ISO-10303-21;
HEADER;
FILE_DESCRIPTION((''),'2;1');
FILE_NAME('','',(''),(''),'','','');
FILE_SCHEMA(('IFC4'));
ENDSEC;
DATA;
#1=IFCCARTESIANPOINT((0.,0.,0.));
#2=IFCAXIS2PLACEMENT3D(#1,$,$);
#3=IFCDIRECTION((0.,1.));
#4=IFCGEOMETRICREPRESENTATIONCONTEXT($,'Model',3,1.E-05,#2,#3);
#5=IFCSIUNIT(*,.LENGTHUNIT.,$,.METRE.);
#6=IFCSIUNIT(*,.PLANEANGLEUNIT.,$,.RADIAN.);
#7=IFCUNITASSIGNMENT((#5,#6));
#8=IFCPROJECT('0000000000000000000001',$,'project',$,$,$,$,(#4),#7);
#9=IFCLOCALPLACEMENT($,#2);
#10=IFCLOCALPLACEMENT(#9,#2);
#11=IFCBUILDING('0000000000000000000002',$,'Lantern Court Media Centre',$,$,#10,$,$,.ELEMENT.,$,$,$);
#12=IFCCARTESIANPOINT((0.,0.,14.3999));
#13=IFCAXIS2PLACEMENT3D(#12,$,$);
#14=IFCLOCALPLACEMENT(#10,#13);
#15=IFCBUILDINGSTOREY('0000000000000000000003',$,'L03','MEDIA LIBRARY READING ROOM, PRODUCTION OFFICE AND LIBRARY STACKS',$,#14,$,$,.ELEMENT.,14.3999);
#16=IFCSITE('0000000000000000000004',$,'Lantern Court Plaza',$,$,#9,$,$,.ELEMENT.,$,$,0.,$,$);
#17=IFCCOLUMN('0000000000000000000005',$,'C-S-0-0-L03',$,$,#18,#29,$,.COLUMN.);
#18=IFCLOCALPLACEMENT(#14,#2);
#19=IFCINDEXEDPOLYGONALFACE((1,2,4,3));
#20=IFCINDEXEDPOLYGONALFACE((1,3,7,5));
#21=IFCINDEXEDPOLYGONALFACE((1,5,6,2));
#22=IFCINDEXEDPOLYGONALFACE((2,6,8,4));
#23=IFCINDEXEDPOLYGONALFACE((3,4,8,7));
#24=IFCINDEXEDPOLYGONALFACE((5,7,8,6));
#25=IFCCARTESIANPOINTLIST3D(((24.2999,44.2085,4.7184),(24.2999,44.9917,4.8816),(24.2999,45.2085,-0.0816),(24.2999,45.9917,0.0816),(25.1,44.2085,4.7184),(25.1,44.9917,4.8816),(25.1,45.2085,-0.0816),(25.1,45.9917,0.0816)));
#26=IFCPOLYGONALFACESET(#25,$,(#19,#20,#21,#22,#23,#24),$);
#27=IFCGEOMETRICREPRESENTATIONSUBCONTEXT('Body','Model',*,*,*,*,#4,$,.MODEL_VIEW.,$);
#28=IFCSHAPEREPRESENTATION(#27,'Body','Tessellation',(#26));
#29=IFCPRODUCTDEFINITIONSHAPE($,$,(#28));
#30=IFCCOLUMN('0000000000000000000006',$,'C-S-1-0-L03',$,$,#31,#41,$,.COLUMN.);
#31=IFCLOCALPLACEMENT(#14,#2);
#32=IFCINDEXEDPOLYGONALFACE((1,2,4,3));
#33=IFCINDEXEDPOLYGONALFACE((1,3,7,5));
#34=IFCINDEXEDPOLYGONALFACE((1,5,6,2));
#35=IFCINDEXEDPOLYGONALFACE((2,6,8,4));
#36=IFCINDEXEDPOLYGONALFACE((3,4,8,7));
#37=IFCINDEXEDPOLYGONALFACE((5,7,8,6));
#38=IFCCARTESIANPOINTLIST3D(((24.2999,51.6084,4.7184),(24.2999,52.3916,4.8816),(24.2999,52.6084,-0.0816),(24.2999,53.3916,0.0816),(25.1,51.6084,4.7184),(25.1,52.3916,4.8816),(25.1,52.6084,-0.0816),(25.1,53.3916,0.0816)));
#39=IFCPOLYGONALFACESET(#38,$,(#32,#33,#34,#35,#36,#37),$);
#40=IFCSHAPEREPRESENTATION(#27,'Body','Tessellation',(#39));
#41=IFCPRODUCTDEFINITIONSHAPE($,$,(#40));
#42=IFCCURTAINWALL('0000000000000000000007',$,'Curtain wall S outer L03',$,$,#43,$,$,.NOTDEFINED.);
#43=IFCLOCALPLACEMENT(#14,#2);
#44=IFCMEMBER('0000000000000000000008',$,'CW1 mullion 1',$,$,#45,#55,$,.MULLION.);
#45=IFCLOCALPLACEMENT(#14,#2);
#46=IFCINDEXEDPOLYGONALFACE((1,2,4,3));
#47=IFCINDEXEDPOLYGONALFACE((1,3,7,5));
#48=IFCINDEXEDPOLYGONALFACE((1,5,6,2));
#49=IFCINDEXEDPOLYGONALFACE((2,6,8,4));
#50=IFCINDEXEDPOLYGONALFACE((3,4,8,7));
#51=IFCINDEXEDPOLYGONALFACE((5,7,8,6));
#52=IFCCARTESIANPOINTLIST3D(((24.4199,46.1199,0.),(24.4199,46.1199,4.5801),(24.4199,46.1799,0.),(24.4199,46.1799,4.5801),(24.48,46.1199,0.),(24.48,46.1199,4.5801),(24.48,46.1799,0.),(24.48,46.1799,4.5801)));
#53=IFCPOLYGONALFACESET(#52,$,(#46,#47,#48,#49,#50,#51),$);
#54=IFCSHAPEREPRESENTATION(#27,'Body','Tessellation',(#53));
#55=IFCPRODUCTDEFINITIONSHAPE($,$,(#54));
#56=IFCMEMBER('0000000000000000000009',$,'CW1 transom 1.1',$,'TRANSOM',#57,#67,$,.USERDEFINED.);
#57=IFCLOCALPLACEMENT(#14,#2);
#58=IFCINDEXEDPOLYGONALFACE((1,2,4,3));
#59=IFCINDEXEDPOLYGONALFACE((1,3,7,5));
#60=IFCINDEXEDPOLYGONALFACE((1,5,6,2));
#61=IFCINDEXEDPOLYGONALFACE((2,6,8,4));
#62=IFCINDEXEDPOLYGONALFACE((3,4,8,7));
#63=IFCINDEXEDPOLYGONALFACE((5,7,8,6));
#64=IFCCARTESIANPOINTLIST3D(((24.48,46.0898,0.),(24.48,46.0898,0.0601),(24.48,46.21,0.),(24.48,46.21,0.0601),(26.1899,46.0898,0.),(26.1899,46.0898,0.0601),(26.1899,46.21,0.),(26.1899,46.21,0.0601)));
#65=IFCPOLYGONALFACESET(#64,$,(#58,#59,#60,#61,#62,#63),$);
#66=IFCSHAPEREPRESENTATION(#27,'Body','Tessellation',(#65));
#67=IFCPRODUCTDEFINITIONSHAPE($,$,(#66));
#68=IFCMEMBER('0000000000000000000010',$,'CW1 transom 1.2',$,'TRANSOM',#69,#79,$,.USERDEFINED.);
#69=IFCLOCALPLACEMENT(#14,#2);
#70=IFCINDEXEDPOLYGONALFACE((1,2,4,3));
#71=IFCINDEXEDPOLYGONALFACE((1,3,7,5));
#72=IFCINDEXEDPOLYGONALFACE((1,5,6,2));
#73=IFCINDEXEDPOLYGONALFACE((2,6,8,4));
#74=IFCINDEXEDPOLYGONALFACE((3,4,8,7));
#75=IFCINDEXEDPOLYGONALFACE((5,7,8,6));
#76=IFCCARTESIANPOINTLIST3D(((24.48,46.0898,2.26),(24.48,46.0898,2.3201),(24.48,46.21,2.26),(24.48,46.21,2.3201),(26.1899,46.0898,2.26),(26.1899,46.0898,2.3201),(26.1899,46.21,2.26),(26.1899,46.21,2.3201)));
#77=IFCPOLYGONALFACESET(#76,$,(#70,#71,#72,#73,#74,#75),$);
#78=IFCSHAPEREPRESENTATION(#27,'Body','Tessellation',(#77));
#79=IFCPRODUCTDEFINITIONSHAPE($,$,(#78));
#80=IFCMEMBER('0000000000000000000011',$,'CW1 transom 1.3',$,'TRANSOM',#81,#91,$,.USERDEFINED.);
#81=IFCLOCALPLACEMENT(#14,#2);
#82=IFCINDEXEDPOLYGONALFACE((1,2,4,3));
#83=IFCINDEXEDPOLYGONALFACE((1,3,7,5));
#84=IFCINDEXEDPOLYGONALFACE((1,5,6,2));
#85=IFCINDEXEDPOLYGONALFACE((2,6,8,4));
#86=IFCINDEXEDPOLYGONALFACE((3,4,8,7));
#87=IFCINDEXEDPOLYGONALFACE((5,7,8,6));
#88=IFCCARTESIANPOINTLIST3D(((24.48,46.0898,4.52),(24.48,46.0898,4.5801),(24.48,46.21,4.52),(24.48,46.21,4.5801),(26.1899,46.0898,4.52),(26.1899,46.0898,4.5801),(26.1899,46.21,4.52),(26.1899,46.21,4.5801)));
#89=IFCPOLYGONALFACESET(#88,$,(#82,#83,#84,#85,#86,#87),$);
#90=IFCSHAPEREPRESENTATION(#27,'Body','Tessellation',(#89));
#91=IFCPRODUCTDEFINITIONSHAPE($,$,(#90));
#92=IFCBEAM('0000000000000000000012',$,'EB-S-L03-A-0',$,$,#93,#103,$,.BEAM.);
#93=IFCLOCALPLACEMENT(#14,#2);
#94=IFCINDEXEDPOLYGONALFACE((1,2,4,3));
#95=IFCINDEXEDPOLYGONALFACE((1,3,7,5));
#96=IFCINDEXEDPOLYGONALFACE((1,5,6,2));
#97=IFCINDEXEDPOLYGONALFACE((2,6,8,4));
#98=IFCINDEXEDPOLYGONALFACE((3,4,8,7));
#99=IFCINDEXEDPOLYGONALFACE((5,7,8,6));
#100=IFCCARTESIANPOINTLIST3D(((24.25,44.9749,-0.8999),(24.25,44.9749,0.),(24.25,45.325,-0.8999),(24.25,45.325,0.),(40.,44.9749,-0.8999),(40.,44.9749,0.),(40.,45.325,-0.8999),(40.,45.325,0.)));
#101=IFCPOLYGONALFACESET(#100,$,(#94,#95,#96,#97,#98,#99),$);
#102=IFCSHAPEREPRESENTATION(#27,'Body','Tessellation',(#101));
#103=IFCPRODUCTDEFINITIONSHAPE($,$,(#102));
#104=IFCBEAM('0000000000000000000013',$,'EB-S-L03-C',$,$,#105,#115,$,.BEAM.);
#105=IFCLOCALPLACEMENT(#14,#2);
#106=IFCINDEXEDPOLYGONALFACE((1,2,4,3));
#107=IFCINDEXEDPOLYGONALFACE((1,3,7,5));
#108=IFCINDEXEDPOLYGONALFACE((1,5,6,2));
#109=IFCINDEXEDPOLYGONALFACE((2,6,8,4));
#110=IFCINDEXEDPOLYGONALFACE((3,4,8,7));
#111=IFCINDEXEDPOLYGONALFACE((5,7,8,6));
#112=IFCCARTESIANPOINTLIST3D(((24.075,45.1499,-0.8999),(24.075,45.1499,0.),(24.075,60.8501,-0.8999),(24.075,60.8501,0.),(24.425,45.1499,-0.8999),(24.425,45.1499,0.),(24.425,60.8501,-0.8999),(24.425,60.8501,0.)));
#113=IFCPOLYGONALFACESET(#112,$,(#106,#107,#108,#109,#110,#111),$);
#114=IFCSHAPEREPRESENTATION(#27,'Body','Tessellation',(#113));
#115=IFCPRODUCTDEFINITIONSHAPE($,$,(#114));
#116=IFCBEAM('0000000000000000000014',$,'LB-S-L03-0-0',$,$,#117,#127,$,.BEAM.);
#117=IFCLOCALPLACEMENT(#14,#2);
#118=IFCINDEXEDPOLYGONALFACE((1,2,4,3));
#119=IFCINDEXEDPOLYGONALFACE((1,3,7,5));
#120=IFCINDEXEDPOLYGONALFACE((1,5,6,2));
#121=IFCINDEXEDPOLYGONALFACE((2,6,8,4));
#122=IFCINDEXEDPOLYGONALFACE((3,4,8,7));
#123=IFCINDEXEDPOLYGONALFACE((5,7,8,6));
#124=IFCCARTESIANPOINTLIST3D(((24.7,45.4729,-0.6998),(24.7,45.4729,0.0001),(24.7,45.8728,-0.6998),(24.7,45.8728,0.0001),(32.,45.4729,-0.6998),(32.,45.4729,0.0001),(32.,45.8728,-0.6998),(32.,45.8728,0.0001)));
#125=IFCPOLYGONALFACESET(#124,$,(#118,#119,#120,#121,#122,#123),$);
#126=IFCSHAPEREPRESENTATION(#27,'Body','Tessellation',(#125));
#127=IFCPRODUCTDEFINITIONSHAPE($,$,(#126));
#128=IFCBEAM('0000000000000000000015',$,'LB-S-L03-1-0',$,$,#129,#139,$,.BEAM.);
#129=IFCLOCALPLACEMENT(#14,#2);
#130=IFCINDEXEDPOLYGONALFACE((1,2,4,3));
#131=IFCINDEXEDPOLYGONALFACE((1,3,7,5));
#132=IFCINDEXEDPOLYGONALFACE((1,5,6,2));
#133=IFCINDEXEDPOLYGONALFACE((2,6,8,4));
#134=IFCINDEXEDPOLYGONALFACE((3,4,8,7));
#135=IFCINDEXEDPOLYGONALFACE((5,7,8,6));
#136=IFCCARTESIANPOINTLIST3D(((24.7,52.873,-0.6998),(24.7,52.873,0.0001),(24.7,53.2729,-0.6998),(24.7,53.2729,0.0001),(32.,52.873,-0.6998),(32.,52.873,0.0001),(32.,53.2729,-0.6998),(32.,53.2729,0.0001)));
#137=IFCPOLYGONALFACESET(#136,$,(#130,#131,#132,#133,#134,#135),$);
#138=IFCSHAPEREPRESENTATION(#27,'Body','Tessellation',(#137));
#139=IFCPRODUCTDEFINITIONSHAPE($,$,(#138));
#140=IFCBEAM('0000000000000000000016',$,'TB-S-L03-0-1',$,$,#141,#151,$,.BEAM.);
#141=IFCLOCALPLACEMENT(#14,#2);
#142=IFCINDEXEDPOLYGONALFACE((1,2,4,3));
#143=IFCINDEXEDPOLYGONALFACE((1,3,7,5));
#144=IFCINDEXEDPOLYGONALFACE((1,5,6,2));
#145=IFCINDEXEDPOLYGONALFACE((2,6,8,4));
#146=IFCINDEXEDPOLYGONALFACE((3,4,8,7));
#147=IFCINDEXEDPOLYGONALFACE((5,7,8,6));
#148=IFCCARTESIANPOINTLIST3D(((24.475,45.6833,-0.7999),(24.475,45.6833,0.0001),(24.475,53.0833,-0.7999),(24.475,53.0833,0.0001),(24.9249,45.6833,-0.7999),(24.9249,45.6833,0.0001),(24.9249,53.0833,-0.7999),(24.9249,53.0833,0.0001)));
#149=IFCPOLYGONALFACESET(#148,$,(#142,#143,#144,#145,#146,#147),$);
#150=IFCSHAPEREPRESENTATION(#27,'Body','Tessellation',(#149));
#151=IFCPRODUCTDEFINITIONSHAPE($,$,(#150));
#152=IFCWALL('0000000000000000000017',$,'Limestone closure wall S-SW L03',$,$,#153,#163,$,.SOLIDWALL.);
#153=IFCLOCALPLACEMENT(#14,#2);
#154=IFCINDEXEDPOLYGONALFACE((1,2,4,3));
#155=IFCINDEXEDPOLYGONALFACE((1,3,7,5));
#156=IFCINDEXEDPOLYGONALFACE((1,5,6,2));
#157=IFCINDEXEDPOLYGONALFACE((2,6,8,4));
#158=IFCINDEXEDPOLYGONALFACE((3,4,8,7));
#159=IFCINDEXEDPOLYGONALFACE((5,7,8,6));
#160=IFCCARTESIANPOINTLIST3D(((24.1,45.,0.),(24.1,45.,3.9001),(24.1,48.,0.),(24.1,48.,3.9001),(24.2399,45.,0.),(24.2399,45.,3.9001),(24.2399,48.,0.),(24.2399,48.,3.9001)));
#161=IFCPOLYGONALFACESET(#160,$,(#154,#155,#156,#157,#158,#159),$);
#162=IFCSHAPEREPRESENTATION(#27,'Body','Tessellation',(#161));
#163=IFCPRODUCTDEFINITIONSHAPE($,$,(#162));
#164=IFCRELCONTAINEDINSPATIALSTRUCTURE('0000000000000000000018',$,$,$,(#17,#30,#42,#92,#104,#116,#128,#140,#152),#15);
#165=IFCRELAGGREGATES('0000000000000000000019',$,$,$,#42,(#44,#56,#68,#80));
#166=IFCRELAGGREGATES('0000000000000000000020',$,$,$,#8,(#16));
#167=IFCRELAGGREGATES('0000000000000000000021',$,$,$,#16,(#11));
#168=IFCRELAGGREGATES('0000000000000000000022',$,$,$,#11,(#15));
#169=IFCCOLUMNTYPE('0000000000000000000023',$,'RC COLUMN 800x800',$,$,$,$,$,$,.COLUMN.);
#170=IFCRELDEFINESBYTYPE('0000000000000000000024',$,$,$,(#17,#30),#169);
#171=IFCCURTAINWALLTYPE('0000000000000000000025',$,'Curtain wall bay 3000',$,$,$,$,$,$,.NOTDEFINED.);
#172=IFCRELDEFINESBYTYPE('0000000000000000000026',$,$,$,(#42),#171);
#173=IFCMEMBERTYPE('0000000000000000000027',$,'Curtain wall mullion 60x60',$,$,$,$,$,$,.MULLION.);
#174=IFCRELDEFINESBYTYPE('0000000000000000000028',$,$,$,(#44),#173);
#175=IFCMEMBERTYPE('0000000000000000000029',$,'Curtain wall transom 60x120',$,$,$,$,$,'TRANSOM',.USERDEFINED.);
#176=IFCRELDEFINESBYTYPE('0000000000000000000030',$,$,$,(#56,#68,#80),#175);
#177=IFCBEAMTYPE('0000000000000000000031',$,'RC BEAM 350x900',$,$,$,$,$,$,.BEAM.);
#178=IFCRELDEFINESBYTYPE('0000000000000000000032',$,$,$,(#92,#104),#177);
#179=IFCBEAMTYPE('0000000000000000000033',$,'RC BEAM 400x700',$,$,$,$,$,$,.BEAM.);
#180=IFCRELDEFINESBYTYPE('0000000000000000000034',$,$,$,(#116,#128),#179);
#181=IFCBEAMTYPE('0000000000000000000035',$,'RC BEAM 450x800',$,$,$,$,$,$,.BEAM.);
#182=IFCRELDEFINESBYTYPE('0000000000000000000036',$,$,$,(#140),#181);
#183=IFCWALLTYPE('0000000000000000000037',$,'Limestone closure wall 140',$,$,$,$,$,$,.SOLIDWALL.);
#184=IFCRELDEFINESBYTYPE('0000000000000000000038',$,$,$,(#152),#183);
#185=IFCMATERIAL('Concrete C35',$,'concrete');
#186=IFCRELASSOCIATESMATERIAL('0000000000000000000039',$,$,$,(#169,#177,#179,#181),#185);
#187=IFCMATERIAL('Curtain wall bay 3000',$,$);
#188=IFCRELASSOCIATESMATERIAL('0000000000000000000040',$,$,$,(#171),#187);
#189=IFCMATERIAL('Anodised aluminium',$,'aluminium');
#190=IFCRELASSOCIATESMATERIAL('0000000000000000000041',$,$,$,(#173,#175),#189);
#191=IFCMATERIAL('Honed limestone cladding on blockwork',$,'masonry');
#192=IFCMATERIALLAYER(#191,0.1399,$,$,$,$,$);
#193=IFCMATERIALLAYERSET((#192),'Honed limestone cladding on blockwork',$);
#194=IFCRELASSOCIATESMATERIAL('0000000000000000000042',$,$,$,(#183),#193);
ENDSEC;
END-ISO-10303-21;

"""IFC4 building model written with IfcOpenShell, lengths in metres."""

from ifc_helpers import new_model, si_unit, direction, frame, frame_2d, origin, origin_2d, place, context, subcontext, project, spatial, rectangle, extrude, material, layer, layer_set, material_profile, profile_set, type_object, element, aggregate, save


model = new_model("IFC4")

# Units and contexts
model_context = context("Model", 3, precision=1e-05, world=origin(), true_north=direction((0.0, 1.0)))
body_context = subcontext(model_context, "Body", "Model", "MODEL_VIEW")
ifc_project = project(units=[si_unit("LENGTHUNIT", "METRE"), si_unit("PLANEANGLEUNIT", "RADIAN")], contexts=[model_context])

# Site, building, storey
site_placement = place(None, origin())
site = spatial("IfcSite", under=ifc_project, at=site_placement, Name="Lantern Court Plaza", CompositionType="ELEMENT", RefElevation=0.0)
building_placement = place(site_placement, origin())
building = spatial("IfcBuilding", under=site, at=building_placement, Name="Lantern Court Media Centre", CompositionType="ELEMENT")
storey_placement = place(building_placement, frame((0.0, 0.0, 14.3999)))
storey = spatial("IfcBuildingStorey", under=building, at=storey_placement, Name="L03", Description="MEDIA LIBRARY READING ROOM, PRODUCTION OFFICE AND LIBRARY STACKS", CompositionType="ELEMENT", Elevation=14.3999)

# Columns
ifc_material_1 = material(Name="Concrete C35", Category="concrete")
ifc_material_profile_1 = material_profile(ifc_material_1, rectangle(XDim=0.8, YDim=0.8, at=origin_2d()), Name="RC 800x800")
ifc_profile_set_1 = profile_set([ifc_material_profile_1], Name="Concrete C35")
column_type = type_object("IfcColumnType", Name="RC COLUMN 800x800", PredefinedType="COLUMN", material=ifc_profile_set_1)
for number, where, z_axis, x_axis, name in (
    (1, (24.7, 45.6001, 0.0), (0.0, -0.203952, 0.978981), (1.0, 0.0, 0.0), "C-S-0-0-L03"),
    (2, (24.7, 53.0, 0.0), (0.0, -0.203952, 0.978981), (1.0, 0.0, 0.0), "C-S-1-0-L03"),
):
    element("IfcColumn", number, at=place(storey_placement, frame(where, z_axis=z_axis, x_axis=x_axis)), inside=storey, type_object=column_type, Name=name, PredefinedType="COLUMN", context=body_context, shape_type="SweptSolid", body=[
        extrude(rectangle(XDim=0.8, YDim=0.8, at=origin_2d()), origin(), (0.0, 0.0, 1.0), 4.9031),
    ])

# Curtain wall, members
ifc_material_2 = material(Name="Curtain wall bay 3000")
curtain_wall_type = type_object("IfcCurtainWallType", Name="Curtain wall bay 3000", PredefinedType="NOTDEFINED", material=ifc_material_2)
curtain_wall_placement = place(storey_placement, origin())
curtain_wall = element("IfcCurtainWall", 3, at=curtain_wall_placement, inside=storey, type_object=curtain_wall_type, Name="Curtain wall S outer L03", PredefinedType="NOTDEFINED")
ifc_material_3 = material(Name="Anodised aluminium", Category="aluminium")
ifc_material_profile_2 = material_profile(ifc_material_3, rectangle(XDim=0.0601, YDim=0.0601, at=origin_2d()), Name="AL 60x60")
ifc_profile_set_2 = profile_set([ifc_material_profile_2], Name="Anodised aluminium")
member_type_1 = type_object("IfcMemberType", Name="Curtain wall mullion 60x60", PredefinedType="MULLION", material=ifc_profile_set_2)
member_1_placement = place(storey_placement, frame((24.45, 46.1499, 0.0), z_axis=(0.0, 0.0, 1.0), x_axis=(0.0, 1.0, 0.0)))
member_1 = element("IfcMember", 4, at=member_1_placement, type_object=member_type_1, Name="CW1 mullion 1", PredefinedType="MULLION", context=body_context, shape_type="SweptSolid", body=[
    extrude(rectangle(XDim=0.0601, YDim=0.0601, at=origin_2d()), origin(), (0.0, 0.0, 1.0), 4.5801),
])
ifc_material_profile_3 = material_profile(ifc_material_3, rectangle(XDim=0.1201, YDim=0.0601, at=origin_2d()), Name="AL 60x120")
ifc_profile_set_3 = profile_set([ifc_material_profile_3], Name="Anodised aluminium")
member_type_2 = type_object("IfcMemberType", Name="Curtain wall transom 60x120", ElementType="TRANSOM", PredefinedType="USERDEFINED", material=ifc_profile_set_3)
member_2_placement = place(storey_placement, frame((24.48, 46.1499, 0.03), z_axis=(1.0, 0.0, 0.0), x_axis=(0.0, 1.0, 0.0)))
member_2 = element("IfcMember", 5, at=member_2_placement, type_object=member_type_2, Name="CW1 transom 1.1", ObjectType="TRANSOM", PredefinedType="USERDEFINED", context=body_context, shape_type="SweptSolid", body=[
    extrude(rectangle(XDim=0.1201, YDim=0.0601, at=origin_2d()), origin(), (0.0, 0.0, 1.0), 1.71),
])
member_3_placement = place(storey_placement, frame((24.48, 46.1499, 2.29), z_axis=(1.0, 0.0, 0.0), x_axis=(0.0, 1.0, 0.0)))
member_3 = element("IfcMember", 6, at=member_3_placement, type_object=member_type_2, Name="CW1 transom 1.2", ObjectType="TRANSOM", PredefinedType="USERDEFINED", context=body_context, shape_type="SweptSolid", body=[
    extrude(rectangle(XDim=0.1201, YDim=0.0601, at=origin_2d()), origin(), (0.0, 0.0, 1.0), 1.71),
])
member_4_placement = place(storey_placement, frame((24.48, 46.1499, 4.55), z_axis=(1.0, 0.0, 0.0), x_axis=(0.0, 1.0, 0.0)))
member_4 = element("IfcMember", 7, at=member_4_placement, type_object=member_type_2, Name="CW1 transom 1.3", ObjectType="TRANSOM", PredefinedType="USERDEFINED", context=body_context, shape_type="SweptSolid", body=[
    extrude(rectangle(XDim=0.1201, YDim=0.0601, at=origin_2d()), origin(), (0.0, 0.0, 1.0), 1.71),
])
aggregate(curtain_wall, [member_1, member_2, member_3, member_4])

# Beams
ifc_material_profile_4 = material_profile(ifc_material_1, rectangle(XDim=0.3501, YDim=0.8999, at=origin_2d()), Name="RC 350x900")
ifc_profile_set_4 = profile_set([ifc_material_profile_4], Name="Concrete C35")
beam_type_1 = type_object("IfcBeamType", Name="RC BEAM 350x900", PredefinedType="BEAM", material=ifc_profile_set_4)
beam_1_placement = place(storey_placement, frame((24.25, 45.1499, -0.45), z_axis=(1.0, 0.0, 0.0), x_axis=(0.0, 1.0, 0.0)))
element("IfcBeam", 8, at=beam_1_placement, inside=storey, type_object=beam_type_1, Name="EB-S-L03-A-0", PredefinedType="BEAM", context=body_context, shape_type="SweptSolid", body=[
    extrude(rectangle(XDim=0.3501, YDim=0.8999, at=origin_2d()), origin(), (0.0, 0.0, 1.0), 15.75),
])
beam_2_placement = place(storey_placement, frame((24.25, 45.1499, -0.45), z_axis=(0.0, 1.0, 0.0), x_axis=(-1.0, 0.0, 0.0)))
element("IfcBeam", 9, at=beam_2_placement, inside=storey, type_object=beam_type_1, Name="EB-S-L03-C", PredefinedType="BEAM", context=body_context, shape_type="SweptSolid", body=[
    extrude(rectangle(XDim=0.3501, YDim=0.8999, at=origin_2d()), origin(), (0.0, 0.0, 1.0), 15.7002),
])
ifc_material_profile_5 = material_profile(ifc_material_1, rectangle(XDim=0.3999, YDim=0.7, at=origin_2d()), Name="RC 400x700")
ifc_profile_set_5 = profile_set([ifc_material_profile_5], Name="Concrete C35")
beam_type_2 = type_object("IfcBeamType", Name="RC BEAM 400x700", PredefinedType="BEAM", material=ifc_profile_set_5)
for number, where, z_axis, x_axis, name in (
    (10, (24.7, 45.6729, -0.3499), (1.0, 0.0, 0.0), (0.0, 1.0, 0.0), "LB-S-L03-0-0"),
    (11, (24.7, 53.073, -0.3499), (1.0, 0.0, 0.0), (0.0, 1.0, 0.0), "LB-S-L03-1-0"),
):
    element("IfcBeam", number, at=place(storey_placement, frame(where, z_axis=z_axis, x_axis=x_axis)), inside=storey, type_object=beam_type_2, Name=name, PredefinedType="BEAM", context=body_context, shape_type="SweptSolid", body=[
        extrude(rectangle(XDim=0.3999, YDim=0.7, at=origin_2d()), origin(), (0.0, 0.0, 1.0), 7.3),
    ])
ifc_material_profile_6 = material_profile(ifc_material_1, rectangle(XDim=0.45, YDim=0.8, at=origin_2d()), Name="RC 450x800")
ifc_profile_set_6 = profile_set([ifc_material_profile_6], Name="Concrete C35")
beam_type_3 = type_object("IfcBeamType", Name="RC BEAM 450x800", PredefinedType="BEAM", material=ifc_profile_set_6)
beam_3_placement = place(storey_placement, frame((24.7, 45.6833, -0.3999), z_axis=(0.0, 1.0, 0.0), x_axis=(-1.0, 0.0, 0.0)))
element("IfcBeam", 12, at=beam_3_placement, inside=storey, type_object=beam_type_3, Name="TB-S-L03-0-1", PredefinedType="BEAM", context=body_context, shape_type="SweptSolid", body=[
    extrude(rectangle(XDim=0.45, YDim=0.8, at=origin_2d()), origin(), (0.0, 0.0, 1.0), 7.3999),
])

# Wall
ifc_material_4 = material(Name="Honed limestone cladding on blockwork", Category="masonry")
ifc_layer_1 = layer(ifc_material_4, 0.1399)
ifc_layer_set_1 = layer_set([ifc_layer_1], Name="Honed limestone cladding on blockwork")
wall_type_1 = type_object("IfcWallType", Name="Limestone closure wall 140", PredefinedType="SOLIDWALL", material=ifc_layer_set_1)
wall_1_placement = place(storey_placement, frame((24.1699, 45.0, 0.0), z_axis=(0.0, 0.0, 1.0), x_axis=(0.0, 1.0, 0.0)))
element("IfcWall", 13, at=wall_1_placement, inside=storey, type_object=wall_type_1, Name="Limestone closure wall S-SW L03", PredefinedType="SOLIDWALL", context=body_context, shape_type="SweptSolid", body=[
    extrude(rectangle(XDim=3.0, YDim=0.1399, at=frame_2d((1.5, 0.0))), origin(), (0.0, 0.0, 1.0), 3.9001),
])

save(model, "model.ifc")
